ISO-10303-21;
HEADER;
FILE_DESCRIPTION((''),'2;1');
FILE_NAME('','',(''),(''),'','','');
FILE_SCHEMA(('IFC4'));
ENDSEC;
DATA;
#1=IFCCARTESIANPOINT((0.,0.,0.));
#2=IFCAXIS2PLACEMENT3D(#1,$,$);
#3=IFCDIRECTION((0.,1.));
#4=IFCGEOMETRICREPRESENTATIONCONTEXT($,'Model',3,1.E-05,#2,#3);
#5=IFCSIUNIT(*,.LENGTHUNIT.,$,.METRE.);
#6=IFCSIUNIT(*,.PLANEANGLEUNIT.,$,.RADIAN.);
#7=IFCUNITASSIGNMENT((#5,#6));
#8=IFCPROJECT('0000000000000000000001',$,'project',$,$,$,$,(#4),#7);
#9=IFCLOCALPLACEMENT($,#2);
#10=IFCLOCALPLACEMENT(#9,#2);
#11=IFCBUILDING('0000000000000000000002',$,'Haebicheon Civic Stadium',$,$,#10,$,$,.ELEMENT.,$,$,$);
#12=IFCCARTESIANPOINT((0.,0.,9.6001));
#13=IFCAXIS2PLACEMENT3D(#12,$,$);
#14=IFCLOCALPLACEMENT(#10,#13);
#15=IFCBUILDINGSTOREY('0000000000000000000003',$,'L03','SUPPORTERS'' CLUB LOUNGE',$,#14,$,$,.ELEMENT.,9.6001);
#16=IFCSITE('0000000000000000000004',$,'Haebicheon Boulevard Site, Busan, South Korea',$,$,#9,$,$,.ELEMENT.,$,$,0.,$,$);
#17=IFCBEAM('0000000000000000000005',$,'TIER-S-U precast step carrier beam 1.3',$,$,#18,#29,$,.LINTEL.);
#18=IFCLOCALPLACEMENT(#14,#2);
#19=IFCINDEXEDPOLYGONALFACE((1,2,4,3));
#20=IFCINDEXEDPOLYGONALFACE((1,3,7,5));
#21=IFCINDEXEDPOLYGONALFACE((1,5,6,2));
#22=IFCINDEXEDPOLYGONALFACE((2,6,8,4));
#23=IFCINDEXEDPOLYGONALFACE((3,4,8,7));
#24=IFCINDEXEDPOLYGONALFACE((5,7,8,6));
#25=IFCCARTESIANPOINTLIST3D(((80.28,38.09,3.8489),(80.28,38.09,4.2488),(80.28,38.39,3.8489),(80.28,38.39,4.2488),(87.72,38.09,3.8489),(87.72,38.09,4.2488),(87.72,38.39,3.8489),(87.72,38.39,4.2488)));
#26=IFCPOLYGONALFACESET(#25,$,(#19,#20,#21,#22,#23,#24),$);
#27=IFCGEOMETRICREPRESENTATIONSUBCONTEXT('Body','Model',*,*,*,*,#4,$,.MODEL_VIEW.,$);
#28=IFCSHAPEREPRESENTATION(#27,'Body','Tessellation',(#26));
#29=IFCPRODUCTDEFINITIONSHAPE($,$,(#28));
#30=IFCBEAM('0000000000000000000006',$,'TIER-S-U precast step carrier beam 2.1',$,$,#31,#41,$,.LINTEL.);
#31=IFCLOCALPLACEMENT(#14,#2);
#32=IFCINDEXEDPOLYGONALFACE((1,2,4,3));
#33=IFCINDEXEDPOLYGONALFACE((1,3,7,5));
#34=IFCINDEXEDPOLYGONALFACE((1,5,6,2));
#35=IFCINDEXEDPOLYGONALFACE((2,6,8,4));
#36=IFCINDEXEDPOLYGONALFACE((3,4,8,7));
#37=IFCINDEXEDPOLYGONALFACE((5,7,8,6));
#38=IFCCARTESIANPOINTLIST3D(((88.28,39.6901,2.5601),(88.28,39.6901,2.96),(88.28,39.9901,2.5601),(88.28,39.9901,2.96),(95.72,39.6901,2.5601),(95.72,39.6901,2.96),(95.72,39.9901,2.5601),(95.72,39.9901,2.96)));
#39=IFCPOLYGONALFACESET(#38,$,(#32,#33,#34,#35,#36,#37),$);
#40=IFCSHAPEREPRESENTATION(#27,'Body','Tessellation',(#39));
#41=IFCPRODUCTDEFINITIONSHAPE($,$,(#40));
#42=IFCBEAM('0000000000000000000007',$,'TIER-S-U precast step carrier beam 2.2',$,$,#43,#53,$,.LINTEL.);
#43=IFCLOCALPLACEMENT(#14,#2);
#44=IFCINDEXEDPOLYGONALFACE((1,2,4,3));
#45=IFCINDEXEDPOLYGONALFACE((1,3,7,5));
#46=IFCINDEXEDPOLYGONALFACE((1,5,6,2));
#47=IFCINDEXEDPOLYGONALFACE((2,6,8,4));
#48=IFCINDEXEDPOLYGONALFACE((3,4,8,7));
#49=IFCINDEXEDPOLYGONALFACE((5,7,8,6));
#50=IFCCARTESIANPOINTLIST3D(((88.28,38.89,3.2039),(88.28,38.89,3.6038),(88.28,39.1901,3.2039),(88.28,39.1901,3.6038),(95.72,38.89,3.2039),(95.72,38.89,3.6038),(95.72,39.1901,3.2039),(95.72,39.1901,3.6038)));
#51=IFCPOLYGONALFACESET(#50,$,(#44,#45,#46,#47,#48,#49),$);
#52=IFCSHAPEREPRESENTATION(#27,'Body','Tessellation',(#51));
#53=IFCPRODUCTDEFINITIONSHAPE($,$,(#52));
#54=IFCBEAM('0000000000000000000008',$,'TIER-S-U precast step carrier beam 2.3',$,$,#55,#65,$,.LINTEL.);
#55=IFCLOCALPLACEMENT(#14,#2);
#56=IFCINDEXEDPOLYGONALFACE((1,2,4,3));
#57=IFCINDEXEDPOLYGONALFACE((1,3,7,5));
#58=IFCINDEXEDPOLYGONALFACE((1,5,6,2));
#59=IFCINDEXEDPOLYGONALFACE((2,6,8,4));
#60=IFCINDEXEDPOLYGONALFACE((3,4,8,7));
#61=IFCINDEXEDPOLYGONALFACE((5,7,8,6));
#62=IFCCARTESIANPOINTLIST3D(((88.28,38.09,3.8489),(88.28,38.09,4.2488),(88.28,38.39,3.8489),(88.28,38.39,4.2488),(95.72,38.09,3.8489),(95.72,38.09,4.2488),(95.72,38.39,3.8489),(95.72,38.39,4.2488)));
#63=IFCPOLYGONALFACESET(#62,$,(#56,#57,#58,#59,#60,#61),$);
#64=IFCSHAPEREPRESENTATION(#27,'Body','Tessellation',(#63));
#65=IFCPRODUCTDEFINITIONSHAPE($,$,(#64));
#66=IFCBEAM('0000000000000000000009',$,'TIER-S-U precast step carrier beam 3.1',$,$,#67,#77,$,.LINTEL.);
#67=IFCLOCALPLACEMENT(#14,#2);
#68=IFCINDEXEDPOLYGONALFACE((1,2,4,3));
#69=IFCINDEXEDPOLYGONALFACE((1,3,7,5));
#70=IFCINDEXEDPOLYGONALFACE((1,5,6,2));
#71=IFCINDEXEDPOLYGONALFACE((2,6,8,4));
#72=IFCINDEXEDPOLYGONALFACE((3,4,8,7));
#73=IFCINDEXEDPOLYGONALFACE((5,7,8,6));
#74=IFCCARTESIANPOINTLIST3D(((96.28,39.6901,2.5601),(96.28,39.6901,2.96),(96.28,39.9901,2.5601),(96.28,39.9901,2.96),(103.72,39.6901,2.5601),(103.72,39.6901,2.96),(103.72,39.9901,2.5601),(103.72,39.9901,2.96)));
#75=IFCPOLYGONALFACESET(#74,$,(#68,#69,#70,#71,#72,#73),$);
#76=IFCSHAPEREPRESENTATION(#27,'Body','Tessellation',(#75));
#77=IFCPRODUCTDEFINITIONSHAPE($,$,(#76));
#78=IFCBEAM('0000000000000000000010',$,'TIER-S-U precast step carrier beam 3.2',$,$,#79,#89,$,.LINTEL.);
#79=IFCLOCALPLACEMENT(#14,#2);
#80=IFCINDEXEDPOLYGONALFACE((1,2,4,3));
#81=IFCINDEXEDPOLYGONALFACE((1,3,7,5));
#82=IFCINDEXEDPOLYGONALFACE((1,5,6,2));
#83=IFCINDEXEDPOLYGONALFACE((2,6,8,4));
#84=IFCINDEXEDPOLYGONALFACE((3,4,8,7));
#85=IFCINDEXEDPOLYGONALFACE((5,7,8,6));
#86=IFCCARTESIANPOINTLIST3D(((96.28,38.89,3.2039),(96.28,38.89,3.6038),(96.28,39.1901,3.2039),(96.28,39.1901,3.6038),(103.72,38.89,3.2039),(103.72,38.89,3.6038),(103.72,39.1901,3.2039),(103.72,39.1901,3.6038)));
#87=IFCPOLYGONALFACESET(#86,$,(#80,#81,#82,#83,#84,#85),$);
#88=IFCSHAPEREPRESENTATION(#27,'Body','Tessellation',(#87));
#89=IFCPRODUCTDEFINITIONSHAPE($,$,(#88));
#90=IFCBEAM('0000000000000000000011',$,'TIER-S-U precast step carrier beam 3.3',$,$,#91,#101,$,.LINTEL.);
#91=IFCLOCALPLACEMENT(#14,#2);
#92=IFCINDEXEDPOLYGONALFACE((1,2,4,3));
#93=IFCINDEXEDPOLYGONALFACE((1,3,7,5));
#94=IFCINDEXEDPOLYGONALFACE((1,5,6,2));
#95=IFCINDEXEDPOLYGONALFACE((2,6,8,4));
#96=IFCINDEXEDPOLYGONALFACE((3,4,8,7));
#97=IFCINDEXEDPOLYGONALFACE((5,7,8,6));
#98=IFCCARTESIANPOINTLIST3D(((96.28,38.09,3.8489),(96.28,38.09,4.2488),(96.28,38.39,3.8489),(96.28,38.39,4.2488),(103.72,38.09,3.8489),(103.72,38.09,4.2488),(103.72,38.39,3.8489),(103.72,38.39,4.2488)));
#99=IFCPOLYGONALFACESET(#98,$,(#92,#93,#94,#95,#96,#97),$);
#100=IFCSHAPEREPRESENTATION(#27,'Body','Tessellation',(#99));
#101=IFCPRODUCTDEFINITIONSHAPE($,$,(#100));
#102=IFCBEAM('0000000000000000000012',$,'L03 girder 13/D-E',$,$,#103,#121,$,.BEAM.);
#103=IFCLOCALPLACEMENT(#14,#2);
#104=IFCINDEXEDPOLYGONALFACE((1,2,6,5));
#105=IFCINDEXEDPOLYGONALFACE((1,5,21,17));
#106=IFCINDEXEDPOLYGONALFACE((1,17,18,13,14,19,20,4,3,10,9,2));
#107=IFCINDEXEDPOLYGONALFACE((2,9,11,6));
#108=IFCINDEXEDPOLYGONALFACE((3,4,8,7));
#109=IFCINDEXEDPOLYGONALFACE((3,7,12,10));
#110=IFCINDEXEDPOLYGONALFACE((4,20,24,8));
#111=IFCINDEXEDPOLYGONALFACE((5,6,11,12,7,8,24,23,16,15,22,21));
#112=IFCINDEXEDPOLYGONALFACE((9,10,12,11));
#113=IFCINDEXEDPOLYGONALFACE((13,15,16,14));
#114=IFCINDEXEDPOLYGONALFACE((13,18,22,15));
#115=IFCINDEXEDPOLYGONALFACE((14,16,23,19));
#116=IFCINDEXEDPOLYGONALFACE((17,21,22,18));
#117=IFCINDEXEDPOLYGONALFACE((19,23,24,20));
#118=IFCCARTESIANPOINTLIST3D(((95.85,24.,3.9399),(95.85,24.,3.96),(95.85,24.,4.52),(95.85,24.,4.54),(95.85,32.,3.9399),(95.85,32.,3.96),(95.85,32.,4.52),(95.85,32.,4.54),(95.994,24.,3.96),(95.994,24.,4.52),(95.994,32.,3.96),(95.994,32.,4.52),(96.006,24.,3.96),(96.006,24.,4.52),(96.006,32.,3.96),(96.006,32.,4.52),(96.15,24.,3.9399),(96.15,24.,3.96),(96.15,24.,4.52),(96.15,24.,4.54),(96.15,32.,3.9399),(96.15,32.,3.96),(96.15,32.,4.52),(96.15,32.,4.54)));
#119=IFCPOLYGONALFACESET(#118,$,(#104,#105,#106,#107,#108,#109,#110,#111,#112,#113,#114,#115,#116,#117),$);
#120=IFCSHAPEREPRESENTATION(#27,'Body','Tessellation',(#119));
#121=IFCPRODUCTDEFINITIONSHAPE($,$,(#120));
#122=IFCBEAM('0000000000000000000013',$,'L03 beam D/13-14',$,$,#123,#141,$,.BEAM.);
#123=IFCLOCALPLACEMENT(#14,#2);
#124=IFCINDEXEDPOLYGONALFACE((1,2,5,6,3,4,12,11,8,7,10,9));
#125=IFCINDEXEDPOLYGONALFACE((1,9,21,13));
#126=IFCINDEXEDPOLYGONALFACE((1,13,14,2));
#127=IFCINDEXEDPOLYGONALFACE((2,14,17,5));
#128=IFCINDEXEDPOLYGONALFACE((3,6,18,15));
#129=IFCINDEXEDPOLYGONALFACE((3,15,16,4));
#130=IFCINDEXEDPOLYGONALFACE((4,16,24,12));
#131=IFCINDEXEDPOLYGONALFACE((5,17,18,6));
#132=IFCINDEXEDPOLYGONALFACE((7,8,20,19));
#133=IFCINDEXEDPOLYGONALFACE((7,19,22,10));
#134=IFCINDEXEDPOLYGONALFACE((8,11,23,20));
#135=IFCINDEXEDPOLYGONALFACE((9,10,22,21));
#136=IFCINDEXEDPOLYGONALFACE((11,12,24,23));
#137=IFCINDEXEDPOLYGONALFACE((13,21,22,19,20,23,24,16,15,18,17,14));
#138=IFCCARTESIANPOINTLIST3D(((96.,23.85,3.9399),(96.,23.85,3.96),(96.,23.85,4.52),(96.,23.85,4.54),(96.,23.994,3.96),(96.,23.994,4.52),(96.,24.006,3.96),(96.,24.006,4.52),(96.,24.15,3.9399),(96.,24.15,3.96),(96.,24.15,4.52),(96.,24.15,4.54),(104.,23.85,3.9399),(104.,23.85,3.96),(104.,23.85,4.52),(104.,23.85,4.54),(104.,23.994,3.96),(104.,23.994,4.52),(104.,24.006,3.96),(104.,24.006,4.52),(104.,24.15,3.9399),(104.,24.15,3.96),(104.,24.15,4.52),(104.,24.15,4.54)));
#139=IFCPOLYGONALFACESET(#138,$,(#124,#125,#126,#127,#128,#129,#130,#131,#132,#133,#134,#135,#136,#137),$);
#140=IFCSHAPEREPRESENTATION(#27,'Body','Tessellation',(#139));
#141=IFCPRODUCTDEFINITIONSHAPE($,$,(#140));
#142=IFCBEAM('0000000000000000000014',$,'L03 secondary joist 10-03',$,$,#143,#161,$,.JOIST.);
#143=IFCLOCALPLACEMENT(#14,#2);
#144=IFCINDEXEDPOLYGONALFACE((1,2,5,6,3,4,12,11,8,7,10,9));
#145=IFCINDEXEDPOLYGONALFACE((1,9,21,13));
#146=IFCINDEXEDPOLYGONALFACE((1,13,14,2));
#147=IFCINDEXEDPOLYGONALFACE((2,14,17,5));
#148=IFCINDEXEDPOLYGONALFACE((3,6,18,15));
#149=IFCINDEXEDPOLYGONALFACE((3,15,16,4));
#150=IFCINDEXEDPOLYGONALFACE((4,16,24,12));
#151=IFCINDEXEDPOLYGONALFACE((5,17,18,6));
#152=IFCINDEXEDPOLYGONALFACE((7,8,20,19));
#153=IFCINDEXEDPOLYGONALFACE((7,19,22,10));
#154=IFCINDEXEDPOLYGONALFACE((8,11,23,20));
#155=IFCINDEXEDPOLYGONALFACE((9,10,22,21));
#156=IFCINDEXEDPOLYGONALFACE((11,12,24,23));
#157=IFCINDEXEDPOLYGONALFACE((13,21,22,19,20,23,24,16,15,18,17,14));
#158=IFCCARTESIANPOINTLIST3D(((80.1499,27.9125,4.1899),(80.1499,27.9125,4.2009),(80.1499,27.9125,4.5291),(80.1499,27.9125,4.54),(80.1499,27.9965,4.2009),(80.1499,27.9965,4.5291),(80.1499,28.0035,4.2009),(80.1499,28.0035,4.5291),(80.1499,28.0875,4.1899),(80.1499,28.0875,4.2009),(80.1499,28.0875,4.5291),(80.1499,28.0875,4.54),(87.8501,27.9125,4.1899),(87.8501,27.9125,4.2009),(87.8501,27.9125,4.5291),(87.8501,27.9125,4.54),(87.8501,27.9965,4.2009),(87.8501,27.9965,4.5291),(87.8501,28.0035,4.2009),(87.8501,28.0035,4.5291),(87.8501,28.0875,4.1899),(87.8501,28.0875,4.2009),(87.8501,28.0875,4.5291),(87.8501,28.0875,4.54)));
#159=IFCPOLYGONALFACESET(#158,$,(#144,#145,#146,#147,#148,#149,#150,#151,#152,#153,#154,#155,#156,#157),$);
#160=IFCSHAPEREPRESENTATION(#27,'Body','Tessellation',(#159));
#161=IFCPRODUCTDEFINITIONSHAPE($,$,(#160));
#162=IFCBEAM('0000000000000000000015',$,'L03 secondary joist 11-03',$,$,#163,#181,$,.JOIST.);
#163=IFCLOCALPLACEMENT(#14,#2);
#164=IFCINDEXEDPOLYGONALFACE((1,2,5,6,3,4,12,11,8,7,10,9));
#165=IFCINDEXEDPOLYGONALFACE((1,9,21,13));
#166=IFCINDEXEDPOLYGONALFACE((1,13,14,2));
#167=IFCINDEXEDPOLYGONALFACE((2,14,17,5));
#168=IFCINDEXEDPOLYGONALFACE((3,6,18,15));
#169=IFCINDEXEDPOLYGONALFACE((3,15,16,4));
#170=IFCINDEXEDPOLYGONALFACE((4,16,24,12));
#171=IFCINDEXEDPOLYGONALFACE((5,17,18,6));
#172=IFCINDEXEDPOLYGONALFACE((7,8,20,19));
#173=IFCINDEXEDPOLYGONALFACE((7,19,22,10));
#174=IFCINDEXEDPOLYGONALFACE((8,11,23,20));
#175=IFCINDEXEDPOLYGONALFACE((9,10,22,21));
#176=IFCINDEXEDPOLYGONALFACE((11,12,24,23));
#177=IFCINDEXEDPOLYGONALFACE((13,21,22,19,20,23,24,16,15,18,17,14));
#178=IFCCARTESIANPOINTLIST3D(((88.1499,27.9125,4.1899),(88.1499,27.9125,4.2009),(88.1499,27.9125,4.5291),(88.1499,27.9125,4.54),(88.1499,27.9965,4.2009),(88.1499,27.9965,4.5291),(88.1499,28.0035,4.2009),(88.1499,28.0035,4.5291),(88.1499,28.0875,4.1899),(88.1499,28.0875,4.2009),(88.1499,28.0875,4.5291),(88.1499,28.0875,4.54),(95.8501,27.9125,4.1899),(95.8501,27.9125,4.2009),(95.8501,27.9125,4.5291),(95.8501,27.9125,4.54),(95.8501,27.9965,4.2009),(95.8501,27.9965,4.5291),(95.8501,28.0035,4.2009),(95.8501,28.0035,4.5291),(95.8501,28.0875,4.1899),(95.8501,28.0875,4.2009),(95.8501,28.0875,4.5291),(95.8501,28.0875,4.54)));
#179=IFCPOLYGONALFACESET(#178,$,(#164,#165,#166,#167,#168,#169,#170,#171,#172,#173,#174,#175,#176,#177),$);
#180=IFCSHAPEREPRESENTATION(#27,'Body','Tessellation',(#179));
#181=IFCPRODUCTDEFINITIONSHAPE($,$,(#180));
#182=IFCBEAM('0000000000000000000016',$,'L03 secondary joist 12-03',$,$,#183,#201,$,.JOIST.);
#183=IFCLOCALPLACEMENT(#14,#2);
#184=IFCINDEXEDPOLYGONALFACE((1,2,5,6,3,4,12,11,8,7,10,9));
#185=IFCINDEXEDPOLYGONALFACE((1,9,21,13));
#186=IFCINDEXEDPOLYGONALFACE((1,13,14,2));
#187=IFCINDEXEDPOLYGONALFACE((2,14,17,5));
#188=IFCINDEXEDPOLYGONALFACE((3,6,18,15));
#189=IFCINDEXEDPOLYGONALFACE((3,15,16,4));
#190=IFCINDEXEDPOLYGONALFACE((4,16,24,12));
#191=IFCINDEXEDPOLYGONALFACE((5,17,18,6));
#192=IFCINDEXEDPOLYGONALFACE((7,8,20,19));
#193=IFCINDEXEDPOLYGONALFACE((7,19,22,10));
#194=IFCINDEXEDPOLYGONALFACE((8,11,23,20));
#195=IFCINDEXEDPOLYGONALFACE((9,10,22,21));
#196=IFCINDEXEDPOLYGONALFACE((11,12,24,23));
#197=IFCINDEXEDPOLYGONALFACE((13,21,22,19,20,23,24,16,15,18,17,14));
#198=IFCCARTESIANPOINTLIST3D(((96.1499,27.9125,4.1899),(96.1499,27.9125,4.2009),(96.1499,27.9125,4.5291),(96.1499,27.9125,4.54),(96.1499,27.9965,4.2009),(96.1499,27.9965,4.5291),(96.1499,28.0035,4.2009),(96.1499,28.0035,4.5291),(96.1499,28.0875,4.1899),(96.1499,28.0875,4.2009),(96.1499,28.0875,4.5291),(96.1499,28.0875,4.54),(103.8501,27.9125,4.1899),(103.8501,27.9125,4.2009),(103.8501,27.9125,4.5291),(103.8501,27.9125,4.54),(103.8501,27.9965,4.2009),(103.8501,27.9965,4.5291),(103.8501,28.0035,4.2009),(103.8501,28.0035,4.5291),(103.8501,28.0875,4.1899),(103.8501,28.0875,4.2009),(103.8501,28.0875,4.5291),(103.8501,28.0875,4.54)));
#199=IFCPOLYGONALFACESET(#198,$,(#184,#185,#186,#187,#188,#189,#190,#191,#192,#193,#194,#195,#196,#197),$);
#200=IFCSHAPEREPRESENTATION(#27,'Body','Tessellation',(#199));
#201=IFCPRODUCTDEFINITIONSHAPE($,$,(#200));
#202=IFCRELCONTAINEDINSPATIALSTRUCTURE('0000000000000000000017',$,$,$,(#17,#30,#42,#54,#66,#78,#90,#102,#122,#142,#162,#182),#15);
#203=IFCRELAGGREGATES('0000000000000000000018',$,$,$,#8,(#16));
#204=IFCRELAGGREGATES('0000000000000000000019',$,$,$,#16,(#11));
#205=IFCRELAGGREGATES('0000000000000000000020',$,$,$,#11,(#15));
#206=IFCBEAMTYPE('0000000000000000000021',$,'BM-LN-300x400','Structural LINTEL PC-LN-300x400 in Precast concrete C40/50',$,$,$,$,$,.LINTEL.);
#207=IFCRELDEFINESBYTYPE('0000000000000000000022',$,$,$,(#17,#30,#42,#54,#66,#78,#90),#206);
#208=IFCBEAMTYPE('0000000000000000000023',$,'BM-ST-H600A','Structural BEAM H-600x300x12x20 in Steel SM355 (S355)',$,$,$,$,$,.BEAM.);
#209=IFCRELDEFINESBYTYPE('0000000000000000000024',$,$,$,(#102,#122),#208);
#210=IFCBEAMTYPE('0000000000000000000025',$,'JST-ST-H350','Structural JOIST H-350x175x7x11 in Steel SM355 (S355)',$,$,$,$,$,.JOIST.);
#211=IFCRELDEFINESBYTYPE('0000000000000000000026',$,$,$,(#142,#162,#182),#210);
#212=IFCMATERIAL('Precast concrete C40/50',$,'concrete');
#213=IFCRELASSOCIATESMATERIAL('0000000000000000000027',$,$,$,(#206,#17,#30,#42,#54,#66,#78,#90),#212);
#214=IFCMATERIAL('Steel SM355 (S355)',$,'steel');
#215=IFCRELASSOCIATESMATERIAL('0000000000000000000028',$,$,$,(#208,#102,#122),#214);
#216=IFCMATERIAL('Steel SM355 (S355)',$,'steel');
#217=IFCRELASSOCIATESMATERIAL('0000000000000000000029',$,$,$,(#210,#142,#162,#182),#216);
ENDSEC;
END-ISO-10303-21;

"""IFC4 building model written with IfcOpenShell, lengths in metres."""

from ifc_helpers import new_model, si_unit, direction, frame, origin, origin_2d, place, context, subcontext, project, spatial, rectangle, i_section, extrude, material, material_profile, profile_set, type_object, element, save


model = new_model("IFC4")

# Units and contexts
model_context = context("Model", 3, precision=1e-05, world=origin(), true_north=direction((0.0, 1.0)))
body_context = subcontext(model_context, "Body", "Model", "MODEL_VIEW")
ifc_project = project(units=[si_unit("LENGTHUNIT", "METRE"), si_unit("PLANEANGLEUNIT", "RADIAN")], contexts=[model_context])

# Site, building, storey
site_placement = place(None, origin())
site = spatial("IfcSite", under=ifc_project, at=site_placement, Name="Haebicheon Boulevard Site, Busan, South Korea", CompositionType="ELEMENT", RefElevation=0.0)
building_placement = place(site_placement, origin())
building = spatial("IfcBuilding", under=site, at=building_placement, Name="Haebicheon Civic Stadium", CompositionType="ELEMENT")
storey_placement = place(building_placement, frame((0.0, 0.0, 9.6001)))
storey = spatial("IfcBuildingStorey", under=building, at=storey_placement, Name="L03", Description="SUPPORTERS' CLUB LOUNGE", CompositionType="ELEMENT", Elevation=9.6001)

# Beams
ifc_material_1 = material(Name="Precast concrete C40/50", Category="concrete")
ifc_material_profile_1 = material_profile(ifc_material_1, rectangle(XDim=0.3, YDim=0.3999, at=origin_2d()), Name="PC-LN-300x400")
ifc_profile_set_1 = profile_set([ifc_material_profile_1], Name="Precast concrete C40/50")
beam_type_1 = type_object("IfcBeamType", Name="BM-LN-300x400", Description="Structural LINTEL PC-LN-300x400 in Precast concrete C40/50", PredefinedType="LINTEL", material=ifc_profile_set_1)
for number, where, z_axis, x_axis, name in (
    (1, (80.28, 38.24, 4.0488), (1.0, 0.0, 0.0), (0.0, 1.0, 0.0), "TIER-S-U precast step carrier beam 1.3"),
    (2, (88.28, 39.8401, 2.76), (1.0, 0.0, 0.0), (0.0, 1.0, 0.0), "TIER-S-U precast step carrier beam 2.1"),
    (3, (88.28, 39.04, 3.4038), (1.0, 0.0, 0.0), (0.0, 1.0, 0.0), "TIER-S-U precast step carrier beam 2.2"),
    (4, (88.28, 38.24, 4.0488), (1.0, 0.0, 0.0), (0.0, 1.0, 0.0), "TIER-S-U precast step carrier beam 2.3"),
    (5, (96.28, 39.8401, 2.76), (1.0, 0.0, 0.0), (0.0, 1.0, 0.0), "TIER-S-U precast step carrier beam 3.1"),
    (6, (96.28, 39.04, 3.4038), (1.0, 0.0, 0.0), (0.0, 1.0, 0.0), "TIER-S-U precast step carrier beam 3.2"),
    (7, (96.28, 38.24, 4.0488), (1.0, 0.0, 0.0), (0.0, 1.0, 0.0), "TIER-S-U precast step carrier beam 3.3"),
):
    element("IfcBeam", number, at=place(storey_placement, frame(where, z_axis=z_axis, x_axis=x_axis)), inside=storey, type_object=beam_type_1, material=ifc_profile_set_1, Name=name, PredefinedType="LINTEL", context=body_context, shape_type="SweptSolid", body=[
        extrude(rectangle(XDim=0.3, YDim=0.3999, at=origin_2d()), origin(), (0.0, 0.0, 1.0), 7.4399),
    ])
ifc_material_2 = material(Name="Steel SM355 (S355)", Category="steel")
ifc_material_profile_2 = material_profile(ifc_material_2, i_section(OverallWidth=0.3, OverallDepth=0.6001, WebThickness=0.012, FlangeThickness=0.02, at=origin_2d()), Name="H-600x300x12x20")
ifc_profile_set_2 = profile_set([ifc_material_profile_2], Name="Steel SM355 (S355)")
beam_type_2 = type_object("IfcBeamType", Name="BM-ST-H600A", Description="Structural BEAM H-600x300x12x20 in Steel SM355 (S355)", PredefinedType="BEAM", material=ifc_profile_set_2)
for number, where, z_axis, x_axis, name in (
    (8, (96.0, 24.0, 4.24), (0.0, 1.0, 0.0), (-1.0, 0.0, 0.0), "L03 girder 13/D-E"),
    (9, (96.0, 24.0, 4.24), (1.0, 0.0, 0.0), (0.0, 1.0, 0.0), "L03 beam D/13-14"),
):
    element("IfcBeam", number, at=place(storey_placement, frame(where, z_axis=z_axis, x_axis=x_axis)), inside=storey, type_object=beam_type_2, material=ifc_profile_set_2, Name=name, PredefinedType="BEAM", context=body_context, shape_type="SweptSolid", body=[
        extrude(i_section(OverallWidth=0.3, OverallDepth=0.6001, WebThickness=0.012, FlangeThickness=0.02, at=origin_2d()), origin(), (0.0, 0.0, 1.0), 8.0),
    ])
ifc_material_3 = material(Name="Steel SM355 (S355)", Category="steel")
ifc_material_profile_3 = material_profile(ifc_material_3, i_section(OverallWidth=0.175, OverallDepth=0.3501, WebThickness=0.0071, FlangeThickness=0.011, at=origin_2d()), Name="H-350x175x7x11")
ifc_profile_set_3 = profile_set([ifc_material_profile_3], Name="Steel SM355 (S355)")
beam_type_3 = type_object("IfcBeamType", Name="JST-ST-H350", Description="Structural JOIST H-350x175x7x11 in Steel SM355 (S355)", PredefinedType="JOIST", material=ifc_profile_set_3)
for number, where, z_axis, x_axis, name in (
    (10, (80.1499, 28.0, 4.365), (1.0, 0.0, 0.0), (0.0, 1.0, 0.0), "L03 secondary joist 10-03"),
    (11, (88.1499, 28.0, 4.365), (1.0, 0.0, 0.0), (0.0, 1.0, 0.0), "L03 secondary joist 11-03"),
    (12, (96.1499, 28.0, 4.365), (1.0, 0.0, 0.0), (0.0, 1.0, 0.0), "L03 secondary joist 12-03"),
):
    element("IfcBeam", number, at=place(storey_placement, frame(where, z_axis=z_axis, x_axis=x_axis)), inside=storey, type_object=beam_type_3, material=ifc_profile_set_3, Name=name, PredefinedType="JOIST", context=body_context, shape_type="SweptSolid", body=[
        extrude(i_section(OverallWidth=0.175, OverallDepth=0.3501, WebThickness=0.0071, FlangeThickness=0.011, at=origin_2d()), origin(), (0.0, 0.0, 1.0), 7.7002),
    ])

save(model, "model.ifc")
